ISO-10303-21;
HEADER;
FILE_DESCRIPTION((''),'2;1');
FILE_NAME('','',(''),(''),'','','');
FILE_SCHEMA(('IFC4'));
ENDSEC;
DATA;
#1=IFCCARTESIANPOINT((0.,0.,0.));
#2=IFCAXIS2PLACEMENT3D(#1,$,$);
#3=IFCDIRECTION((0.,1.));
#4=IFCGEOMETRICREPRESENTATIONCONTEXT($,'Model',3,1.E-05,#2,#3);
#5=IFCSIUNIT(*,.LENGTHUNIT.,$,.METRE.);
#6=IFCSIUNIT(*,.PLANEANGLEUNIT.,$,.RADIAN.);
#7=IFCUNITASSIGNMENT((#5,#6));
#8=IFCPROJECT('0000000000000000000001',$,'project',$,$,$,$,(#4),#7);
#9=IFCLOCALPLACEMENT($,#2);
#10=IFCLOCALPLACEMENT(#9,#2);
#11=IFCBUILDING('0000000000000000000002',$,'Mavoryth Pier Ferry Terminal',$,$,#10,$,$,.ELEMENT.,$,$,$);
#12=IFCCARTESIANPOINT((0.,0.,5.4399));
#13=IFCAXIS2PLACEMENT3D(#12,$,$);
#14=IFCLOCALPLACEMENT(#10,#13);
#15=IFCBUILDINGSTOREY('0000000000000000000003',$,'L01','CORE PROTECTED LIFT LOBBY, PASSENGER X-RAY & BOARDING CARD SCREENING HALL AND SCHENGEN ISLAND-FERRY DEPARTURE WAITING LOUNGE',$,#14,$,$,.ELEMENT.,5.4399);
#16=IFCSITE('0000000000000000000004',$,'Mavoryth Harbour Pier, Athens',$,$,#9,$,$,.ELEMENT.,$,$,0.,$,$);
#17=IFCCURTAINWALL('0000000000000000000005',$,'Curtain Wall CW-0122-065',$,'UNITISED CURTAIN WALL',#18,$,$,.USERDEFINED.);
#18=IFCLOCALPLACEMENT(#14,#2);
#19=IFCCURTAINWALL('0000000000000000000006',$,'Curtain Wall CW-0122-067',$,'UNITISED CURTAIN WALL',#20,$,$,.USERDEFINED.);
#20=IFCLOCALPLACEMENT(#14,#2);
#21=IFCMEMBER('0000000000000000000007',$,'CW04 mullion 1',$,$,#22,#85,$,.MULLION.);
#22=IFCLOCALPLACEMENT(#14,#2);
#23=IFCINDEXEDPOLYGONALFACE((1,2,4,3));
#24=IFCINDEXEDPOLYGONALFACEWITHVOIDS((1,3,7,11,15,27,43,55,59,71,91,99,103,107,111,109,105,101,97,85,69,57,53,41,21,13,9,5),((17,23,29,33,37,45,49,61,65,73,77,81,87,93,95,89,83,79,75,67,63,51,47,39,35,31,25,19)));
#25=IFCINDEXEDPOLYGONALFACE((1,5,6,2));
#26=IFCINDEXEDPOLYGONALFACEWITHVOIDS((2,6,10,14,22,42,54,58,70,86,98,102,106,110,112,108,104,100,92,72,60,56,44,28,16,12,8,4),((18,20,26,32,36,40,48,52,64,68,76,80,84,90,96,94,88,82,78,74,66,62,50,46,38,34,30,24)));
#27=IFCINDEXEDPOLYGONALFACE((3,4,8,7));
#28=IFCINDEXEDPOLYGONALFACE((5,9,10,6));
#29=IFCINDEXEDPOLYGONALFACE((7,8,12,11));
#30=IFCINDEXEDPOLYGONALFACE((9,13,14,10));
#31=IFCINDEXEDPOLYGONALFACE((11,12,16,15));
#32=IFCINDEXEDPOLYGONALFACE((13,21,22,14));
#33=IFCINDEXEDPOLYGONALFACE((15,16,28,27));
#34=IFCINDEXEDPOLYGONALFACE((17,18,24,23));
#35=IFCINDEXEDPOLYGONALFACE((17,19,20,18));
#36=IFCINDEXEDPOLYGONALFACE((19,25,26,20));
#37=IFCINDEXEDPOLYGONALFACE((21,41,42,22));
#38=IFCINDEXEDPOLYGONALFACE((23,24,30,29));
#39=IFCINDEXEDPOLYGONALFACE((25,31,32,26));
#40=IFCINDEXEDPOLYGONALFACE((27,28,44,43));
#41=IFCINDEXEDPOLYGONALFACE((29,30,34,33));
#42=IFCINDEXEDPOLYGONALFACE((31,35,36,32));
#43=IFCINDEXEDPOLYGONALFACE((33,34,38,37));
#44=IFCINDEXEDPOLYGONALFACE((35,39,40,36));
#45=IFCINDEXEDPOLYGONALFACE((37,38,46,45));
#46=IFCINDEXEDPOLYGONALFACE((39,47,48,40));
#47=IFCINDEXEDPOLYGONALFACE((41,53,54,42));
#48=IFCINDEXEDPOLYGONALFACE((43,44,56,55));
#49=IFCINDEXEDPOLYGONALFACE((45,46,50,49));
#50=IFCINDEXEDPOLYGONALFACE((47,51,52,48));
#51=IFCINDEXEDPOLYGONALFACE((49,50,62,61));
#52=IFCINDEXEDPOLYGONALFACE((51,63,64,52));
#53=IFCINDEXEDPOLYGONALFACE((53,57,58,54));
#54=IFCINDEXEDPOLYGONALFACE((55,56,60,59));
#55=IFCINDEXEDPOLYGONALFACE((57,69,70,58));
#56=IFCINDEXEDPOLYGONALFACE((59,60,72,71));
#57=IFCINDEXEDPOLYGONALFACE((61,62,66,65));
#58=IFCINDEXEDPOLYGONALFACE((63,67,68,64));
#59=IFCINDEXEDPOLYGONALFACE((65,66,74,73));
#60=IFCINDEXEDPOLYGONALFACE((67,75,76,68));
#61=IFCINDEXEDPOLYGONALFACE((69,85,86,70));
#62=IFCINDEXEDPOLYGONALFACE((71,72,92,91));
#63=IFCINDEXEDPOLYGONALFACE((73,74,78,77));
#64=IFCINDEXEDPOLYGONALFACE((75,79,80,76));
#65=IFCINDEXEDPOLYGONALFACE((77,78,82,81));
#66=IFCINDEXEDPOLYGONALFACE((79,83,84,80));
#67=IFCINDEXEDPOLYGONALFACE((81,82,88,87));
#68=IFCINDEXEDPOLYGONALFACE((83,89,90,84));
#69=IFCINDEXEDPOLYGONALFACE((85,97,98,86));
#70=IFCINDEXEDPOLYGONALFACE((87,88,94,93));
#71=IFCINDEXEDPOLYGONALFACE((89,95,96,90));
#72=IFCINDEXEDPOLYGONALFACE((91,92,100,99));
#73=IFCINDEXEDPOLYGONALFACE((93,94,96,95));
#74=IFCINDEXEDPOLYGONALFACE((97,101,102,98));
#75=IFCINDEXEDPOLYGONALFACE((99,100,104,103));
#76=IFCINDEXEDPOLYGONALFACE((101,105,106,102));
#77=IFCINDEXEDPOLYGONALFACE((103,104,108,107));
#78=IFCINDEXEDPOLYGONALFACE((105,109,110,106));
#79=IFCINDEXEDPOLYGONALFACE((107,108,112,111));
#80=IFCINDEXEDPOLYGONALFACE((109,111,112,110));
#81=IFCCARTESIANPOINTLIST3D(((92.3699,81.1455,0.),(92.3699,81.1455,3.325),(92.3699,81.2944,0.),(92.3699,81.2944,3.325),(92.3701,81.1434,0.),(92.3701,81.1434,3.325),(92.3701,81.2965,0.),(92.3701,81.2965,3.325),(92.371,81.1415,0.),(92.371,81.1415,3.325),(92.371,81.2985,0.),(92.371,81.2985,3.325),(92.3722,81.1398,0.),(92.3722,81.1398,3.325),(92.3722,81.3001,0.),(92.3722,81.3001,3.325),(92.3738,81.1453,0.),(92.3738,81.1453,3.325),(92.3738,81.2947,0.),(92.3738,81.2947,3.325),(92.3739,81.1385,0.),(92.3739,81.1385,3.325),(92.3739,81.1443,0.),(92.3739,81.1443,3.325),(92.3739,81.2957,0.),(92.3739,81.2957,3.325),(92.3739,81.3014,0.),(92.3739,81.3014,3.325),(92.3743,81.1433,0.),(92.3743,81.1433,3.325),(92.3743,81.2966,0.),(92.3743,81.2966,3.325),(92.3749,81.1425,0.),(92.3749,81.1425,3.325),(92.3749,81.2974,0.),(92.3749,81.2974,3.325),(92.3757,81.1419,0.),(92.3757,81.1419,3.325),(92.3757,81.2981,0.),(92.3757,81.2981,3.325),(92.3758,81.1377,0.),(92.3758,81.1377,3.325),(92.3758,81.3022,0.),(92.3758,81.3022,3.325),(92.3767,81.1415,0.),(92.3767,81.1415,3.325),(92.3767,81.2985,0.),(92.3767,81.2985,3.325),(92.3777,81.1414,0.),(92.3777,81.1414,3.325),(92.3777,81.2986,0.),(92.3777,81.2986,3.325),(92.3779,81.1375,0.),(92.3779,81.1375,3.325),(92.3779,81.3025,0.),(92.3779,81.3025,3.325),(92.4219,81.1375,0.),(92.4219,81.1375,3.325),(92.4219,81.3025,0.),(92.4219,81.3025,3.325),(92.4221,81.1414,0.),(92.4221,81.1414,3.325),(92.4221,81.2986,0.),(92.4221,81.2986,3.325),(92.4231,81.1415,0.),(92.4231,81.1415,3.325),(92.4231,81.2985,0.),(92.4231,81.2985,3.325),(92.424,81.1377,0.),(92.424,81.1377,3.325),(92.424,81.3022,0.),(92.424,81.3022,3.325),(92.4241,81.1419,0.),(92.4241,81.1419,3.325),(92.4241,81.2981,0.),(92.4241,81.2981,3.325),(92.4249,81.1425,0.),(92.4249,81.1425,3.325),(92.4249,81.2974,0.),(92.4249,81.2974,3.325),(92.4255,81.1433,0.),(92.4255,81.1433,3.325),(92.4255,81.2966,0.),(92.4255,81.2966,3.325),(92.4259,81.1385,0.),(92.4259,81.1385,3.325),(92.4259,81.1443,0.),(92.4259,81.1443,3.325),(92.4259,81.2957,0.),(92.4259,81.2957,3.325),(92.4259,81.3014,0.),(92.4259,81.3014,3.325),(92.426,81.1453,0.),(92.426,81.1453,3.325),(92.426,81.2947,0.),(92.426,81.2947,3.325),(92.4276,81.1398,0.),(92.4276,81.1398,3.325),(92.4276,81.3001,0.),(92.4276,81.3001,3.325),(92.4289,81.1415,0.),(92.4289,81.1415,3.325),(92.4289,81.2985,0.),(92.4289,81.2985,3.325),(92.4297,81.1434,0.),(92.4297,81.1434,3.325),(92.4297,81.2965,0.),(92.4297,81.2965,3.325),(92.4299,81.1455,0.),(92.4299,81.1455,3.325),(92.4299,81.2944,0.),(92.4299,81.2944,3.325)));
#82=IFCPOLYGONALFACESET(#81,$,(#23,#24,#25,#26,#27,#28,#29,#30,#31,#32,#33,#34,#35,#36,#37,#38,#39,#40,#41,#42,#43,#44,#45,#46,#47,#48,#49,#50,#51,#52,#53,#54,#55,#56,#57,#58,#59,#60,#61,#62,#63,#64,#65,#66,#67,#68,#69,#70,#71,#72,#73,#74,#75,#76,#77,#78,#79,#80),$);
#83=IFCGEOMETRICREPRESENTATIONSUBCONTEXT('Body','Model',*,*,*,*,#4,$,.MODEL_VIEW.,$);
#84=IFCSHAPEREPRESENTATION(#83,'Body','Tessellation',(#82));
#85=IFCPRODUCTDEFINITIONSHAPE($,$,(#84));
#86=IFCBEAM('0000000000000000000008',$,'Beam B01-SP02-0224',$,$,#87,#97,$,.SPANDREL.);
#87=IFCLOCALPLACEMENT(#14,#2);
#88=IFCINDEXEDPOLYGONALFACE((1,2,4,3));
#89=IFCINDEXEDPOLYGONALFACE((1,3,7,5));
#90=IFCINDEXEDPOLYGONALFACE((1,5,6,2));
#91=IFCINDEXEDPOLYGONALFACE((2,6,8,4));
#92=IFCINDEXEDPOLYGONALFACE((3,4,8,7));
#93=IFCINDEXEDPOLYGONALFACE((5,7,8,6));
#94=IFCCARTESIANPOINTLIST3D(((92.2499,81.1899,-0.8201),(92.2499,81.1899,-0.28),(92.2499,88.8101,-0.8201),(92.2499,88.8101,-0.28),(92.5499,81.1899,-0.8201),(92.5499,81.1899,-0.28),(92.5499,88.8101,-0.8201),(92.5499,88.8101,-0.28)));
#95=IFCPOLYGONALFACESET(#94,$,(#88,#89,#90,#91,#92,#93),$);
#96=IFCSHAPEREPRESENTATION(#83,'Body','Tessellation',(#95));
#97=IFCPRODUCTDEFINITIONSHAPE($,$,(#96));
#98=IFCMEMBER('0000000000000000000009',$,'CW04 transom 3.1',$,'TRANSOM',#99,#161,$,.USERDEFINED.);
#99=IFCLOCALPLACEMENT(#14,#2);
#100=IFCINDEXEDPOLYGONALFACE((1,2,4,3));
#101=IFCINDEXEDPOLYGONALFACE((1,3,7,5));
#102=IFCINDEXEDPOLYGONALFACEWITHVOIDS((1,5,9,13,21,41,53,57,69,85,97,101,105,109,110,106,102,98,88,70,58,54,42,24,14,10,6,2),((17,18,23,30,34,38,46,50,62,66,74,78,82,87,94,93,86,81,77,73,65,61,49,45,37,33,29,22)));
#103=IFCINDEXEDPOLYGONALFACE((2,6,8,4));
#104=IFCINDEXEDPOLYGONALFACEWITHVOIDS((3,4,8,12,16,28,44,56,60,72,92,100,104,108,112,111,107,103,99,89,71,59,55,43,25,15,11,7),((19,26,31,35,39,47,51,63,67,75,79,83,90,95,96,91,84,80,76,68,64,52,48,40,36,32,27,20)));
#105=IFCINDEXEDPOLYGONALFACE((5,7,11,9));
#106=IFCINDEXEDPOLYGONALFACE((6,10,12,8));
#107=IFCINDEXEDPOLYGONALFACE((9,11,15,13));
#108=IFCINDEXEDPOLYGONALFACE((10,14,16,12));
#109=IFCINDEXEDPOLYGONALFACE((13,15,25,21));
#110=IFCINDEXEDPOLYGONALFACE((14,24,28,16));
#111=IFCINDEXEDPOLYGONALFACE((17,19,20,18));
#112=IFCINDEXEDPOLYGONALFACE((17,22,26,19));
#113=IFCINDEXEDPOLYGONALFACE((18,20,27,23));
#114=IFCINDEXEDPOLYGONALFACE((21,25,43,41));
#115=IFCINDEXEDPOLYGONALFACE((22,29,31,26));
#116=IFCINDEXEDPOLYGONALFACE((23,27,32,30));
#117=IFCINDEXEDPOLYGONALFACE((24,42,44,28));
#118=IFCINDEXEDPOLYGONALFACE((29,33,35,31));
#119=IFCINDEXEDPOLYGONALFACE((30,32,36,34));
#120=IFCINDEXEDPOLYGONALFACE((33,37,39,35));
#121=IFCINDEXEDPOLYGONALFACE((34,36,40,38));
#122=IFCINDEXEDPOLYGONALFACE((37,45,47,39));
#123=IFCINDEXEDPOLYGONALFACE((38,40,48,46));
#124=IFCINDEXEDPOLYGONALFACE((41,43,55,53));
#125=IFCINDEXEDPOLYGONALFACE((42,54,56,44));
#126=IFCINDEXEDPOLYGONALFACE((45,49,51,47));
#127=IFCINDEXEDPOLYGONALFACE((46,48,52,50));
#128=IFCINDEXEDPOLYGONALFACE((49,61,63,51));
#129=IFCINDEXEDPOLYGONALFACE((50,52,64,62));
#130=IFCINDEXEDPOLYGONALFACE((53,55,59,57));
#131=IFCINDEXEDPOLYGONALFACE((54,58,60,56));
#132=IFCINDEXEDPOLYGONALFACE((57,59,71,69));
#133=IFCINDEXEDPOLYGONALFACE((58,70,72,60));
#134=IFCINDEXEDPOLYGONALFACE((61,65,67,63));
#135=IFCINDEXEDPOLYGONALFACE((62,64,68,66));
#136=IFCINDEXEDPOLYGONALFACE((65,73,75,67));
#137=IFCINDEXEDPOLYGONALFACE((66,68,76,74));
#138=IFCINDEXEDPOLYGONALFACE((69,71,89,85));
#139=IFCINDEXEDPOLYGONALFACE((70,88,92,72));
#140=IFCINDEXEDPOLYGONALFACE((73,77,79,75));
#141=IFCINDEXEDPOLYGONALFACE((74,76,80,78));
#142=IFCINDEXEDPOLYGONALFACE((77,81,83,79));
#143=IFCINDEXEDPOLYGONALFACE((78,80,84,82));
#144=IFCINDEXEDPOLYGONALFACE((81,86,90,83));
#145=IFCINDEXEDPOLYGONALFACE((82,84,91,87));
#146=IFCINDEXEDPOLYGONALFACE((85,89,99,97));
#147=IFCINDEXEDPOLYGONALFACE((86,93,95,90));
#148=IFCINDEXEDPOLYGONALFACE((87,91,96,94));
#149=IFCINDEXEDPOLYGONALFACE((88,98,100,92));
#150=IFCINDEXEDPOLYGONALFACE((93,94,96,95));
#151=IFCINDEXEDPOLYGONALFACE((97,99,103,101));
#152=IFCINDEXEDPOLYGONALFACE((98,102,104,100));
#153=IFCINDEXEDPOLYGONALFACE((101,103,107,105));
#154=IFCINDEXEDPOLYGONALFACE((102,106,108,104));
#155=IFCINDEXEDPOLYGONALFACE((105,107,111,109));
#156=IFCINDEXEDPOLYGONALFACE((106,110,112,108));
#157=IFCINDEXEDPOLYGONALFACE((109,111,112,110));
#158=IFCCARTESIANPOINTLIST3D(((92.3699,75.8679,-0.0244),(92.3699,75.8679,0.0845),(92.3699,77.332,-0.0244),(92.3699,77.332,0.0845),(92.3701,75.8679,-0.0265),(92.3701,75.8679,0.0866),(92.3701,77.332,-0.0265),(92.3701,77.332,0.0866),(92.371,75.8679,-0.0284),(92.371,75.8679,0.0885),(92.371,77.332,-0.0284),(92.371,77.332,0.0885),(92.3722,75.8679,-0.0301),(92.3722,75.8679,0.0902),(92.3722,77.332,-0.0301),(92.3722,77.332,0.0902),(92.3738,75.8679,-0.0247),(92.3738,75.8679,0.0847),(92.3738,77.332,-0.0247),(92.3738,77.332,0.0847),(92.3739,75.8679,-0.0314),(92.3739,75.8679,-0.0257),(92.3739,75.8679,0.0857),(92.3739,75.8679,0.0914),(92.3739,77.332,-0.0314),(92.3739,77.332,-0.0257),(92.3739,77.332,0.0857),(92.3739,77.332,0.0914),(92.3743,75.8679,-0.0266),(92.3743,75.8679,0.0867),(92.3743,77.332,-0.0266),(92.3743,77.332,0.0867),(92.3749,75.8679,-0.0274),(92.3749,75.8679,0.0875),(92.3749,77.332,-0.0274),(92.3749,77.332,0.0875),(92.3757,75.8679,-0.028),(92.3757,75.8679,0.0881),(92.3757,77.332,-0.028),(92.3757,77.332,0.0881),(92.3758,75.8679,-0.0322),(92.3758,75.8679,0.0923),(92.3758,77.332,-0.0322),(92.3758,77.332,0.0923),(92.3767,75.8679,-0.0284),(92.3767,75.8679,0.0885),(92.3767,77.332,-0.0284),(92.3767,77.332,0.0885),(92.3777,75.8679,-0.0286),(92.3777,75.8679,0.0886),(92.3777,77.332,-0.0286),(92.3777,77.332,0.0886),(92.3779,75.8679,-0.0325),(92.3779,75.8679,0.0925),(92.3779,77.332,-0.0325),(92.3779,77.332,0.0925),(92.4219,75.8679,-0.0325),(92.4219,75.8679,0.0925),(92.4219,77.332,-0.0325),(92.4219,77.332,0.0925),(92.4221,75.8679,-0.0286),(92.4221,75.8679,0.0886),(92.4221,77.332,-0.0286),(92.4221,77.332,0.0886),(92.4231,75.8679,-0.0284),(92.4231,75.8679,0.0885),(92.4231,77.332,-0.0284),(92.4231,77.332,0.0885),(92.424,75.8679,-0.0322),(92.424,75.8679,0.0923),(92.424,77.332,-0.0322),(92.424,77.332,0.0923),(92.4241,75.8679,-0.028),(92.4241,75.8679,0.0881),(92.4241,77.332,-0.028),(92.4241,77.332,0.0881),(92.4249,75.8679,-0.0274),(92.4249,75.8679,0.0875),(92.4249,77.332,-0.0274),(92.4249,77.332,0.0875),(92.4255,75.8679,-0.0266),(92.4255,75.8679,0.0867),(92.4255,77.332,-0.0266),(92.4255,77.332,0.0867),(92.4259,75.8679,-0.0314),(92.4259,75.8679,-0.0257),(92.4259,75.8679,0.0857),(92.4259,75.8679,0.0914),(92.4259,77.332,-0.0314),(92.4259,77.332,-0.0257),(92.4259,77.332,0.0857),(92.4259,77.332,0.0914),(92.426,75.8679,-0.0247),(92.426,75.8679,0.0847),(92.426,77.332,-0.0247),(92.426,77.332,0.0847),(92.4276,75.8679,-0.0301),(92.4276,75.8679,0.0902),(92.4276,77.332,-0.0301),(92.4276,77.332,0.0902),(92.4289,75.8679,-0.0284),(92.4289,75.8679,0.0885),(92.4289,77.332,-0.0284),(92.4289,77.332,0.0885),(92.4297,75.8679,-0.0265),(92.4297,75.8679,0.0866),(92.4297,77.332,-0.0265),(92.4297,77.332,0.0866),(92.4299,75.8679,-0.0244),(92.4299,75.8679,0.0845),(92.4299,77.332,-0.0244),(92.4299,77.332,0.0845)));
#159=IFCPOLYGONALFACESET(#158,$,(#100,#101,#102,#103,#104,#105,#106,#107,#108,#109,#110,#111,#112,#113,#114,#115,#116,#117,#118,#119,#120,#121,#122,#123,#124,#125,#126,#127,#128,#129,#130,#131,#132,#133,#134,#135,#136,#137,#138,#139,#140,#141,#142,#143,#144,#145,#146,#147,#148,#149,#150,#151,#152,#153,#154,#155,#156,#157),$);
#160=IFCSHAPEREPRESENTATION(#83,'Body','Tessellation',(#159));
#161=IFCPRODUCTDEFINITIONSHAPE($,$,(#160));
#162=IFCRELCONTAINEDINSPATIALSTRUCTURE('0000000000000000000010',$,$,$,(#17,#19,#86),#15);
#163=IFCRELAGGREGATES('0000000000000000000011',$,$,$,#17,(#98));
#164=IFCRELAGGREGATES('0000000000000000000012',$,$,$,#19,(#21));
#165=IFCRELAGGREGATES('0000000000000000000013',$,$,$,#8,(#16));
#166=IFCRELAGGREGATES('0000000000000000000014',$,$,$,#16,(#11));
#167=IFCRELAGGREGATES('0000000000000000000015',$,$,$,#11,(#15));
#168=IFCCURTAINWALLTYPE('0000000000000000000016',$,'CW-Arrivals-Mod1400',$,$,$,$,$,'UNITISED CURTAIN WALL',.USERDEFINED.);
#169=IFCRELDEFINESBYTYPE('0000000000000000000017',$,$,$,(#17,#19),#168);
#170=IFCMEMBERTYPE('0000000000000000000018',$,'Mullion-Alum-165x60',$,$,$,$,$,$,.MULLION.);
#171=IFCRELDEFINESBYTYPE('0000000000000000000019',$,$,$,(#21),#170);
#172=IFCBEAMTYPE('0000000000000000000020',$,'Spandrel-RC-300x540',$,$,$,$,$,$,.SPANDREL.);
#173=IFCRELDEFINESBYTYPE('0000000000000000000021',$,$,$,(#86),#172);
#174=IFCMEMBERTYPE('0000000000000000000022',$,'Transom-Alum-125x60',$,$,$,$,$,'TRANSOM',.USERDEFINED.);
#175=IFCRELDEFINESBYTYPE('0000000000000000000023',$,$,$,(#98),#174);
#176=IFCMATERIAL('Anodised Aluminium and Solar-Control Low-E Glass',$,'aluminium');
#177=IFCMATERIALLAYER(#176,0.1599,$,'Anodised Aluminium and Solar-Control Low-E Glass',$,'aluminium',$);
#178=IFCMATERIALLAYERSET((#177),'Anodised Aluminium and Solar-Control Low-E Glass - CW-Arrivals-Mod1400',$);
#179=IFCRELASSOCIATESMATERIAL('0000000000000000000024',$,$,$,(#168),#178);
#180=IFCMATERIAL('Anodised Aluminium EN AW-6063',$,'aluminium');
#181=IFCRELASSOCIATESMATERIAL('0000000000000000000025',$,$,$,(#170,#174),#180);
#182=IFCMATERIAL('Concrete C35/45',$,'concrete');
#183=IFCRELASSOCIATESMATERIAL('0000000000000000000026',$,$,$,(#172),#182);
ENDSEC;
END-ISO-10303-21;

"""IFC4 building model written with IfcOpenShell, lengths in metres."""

from ifc_helpers import new_model, si_unit, direction, frame, origin, origin_2d, place, context, subcontext, project, spatial, rectangle, hollow_rectangle, extrude, material, layer, layer_set, material_profile, profile_set, type_object, element, aggregate, save


model = new_model("IFC4")

# Units and contexts
model_context = context("Model", 3, precision=1e-05, world=origin(), true_north=direction((0.0, 1.0)))
body_context = subcontext(model_context, "Body", "Model", "MODEL_VIEW")
ifc_project = project(units=[si_unit("LENGTHUNIT", "METRE"), si_unit("PLANEANGLEUNIT", "RADIAN")], contexts=[model_context])

# Site, building, storey
site_placement = place(None, origin())
site = spatial("IfcSite", under=ifc_project, at=site_placement, Name="Mavoryth Harbour Pier, Athens", CompositionType="ELEMENT", RefElevation=0.0)
building_placement = place(site_placement, origin())
building = spatial("IfcBuilding", under=site, at=building_placement, Name="Mavoryth Pier Ferry Terminal", CompositionType="ELEMENT")
storey_placement = place(building_placement, frame((0.0, 0.0, 5.4399)))
storey = spatial("IfcBuildingStorey", under=building, at=storey_placement, Name="L01", Description="CORE PROTECTED LIFT LOBBY, PASSENGER X-RAY & BOARDING CARD SCREENING HALL AND SCHENGEN ISLAND-FERRY DEPARTURE WAITING LOUNGE", CompositionType="ELEMENT", Elevation=5.4399)

# Shared definitions
ifc_material_1 = material(Name="Concrete C35/45", Category="concrete")

# Curtain wall
ifc_material_2 = material(Name="Anodised Aluminium and Solar-Control Low-E Glass", Category="aluminium")
ifc_layer_1 = layer(ifc_material_2, 0.1599, Name="Anodised Aluminium and Solar-Control Low-E Glass", Category="aluminium")
ifc_layer_set_1 = layer_set([ifc_layer_1], Name="Anodised Aluminium and Solar-Control Low-E Glass - CW-Arrivals-Mod1400")
curtain_wall_type = type_object("IfcCurtainWallType", Name="CW-Arrivals-Mod1400", ElementType="UNITISED CURTAIN WALL", PredefinedType="USERDEFINED", material=ifc_layer_set_1)
curtain_wall_1_placement = place(storey_placement, origin())
curtain_wall_1 = element("IfcCurtainWall", 1, at=curtain_wall_1_placement, inside=storey, type_object=curtain_wall_type, Name="Curtain Wall CW-0122-065", ObjectType="UNITISED CURTAIN WALL", PredefinedType="USERDEFINED")
ifc_material_3 = material(Name="Anodised Aluminium EN AW-6063", Category="aluminium")
ifc_material_profile_1 = material_profile(ifc_material_3, hollow_rectangle(XDim=0.0601, YDim=0.165, WallThickness=0.0039, InnerFilletRadius=0.0039, OuterFilletRadius=0.0081, at=origin_2d()), Name="AL-MULL 165x60x4", Category="aluminium")
ifc_profile_set_1 = profile_set([ifc_material_profile_1], Name="Anodised Aluminium EN AW-6063 - AL-MULL 165x60x4")
member_type_1 = type_object("IfcMemberType", Name="Mullion-Alum-165x60", PredefinedType="MULLION", material=ifc_profile_set_1)

# Curtain wall, member
curtain_wall_2_placement = place(storey_placement, origin())
curtain_wall_2 = element("IfcCurtainWall", 2, at=curtain_wall_2_placement, inside=storey, type_object=curtain_wall_type, Name="Curtain Wall CW-0122-067", ObjectType="UNITISED CURTAIN WALL", PredefinedType="USERDEFINED")
member_1_placement = place(storey_placement, frame((92.3999, 81.22, 0.0), z_axis=(0.0, 0.0, 1.0), x_axis=(-1.0, 0.0, 0.0)))
member_1 = element("IfcMember", 3, at=member_1_placement, type_object=member_type_1, Name="CW04 mullion 1", PredefinedType="MULLION", context=body_context, shape_type="SweptSolid", body=[
    extrude(hollow_rectangle(XDim=0.0601, YDim=0.165, WallThickness=0.0039, InnerFilletRadius=0.0039, OuterFilletRadius=0.0081, at=origin_2d()), origin(), (0.0, 0.0, 1.0), 3.325),
])

# Beam
ifc_material_profile_2 = material_profile(ifc_material_1, rectangle(XDim=0.3, YDim=0.54, at=origin_2d()), Name="RC 300x540", Category="concrete")
ifc_profile_set_2 = profile_set([ifc_material_profile_2], Name="Concrete C35/45 - RC 300x540")
beam_type_1 = type_object("IfcBeamType", Name="Spandrel-RC-300x540", PredefinedType="SPANDREL", material=ifc_profile_set_2)
beam_1_placement = place(storey_placement, frame((92.3999, 81.1899, -0.55), z_axis=(0.0, 1.0, 0.0), x_axis=(-1.0, 0.0, 0.0)))
element("IfcBeam", 4, at=beam_1_placement, inside=storey, type_object=beam_type_1, Name="Beam B01-SP02-0224", PredefinedType="SPANDREL", context=body_context, shape_type="SweptSolid", body=[
    extrude(rectangle(XDim=0.3, YDim=0.54, at=origin_2d()), origin(), (0.0, 0.0, 1.0), 7.6201),
])

# Member
ifc_material_profile_3 = material_profile(ifc_material_3, hollow_rectangle(XDim=0.0601, YDim=0.125, WallThickness=0.0039, InnerFilletRadius=0.0039, OuterFilletRadius=0.0081, at=origin_2d()), Name="AL-TRAN 125x60x4", Category="aluminium")
ifc_profile_set_3 = profile_set([ifc_material_profile_3], Name="Anodised Aluminium EN AW-6063 - AL-TRAN 125x60x4")
member_type_2 = type_object("IfcMemberType", Name="Transom-Alum-125x60", ElementType="TRANSOM", PredefinedType="USERDEFINED", material=ifc_profile_set_3)
member_2_placement = place(storey_placement, frame((92.3999, 75.8679, 0.03), z_axis=(0.0, 1.0, 0.0), x_axis=(-1.0, 0.0, 0.0)))
member_2 = element("IfcMember", 5, at=member_2_placement, type_object=member_type_2, Name="CW04 transom 3.1", ObjectType="TRANSOM", PredefinedType="USERDEFINED", context=body_context, shape_type="SweptSolid", body=[
    extrude(hollow_rectangle(XDim=0.0601, YDim=0.125, WallThickness=0.0039, InnerFilletRadius=0.0039, OuterFilletRadius=0.0081, at=origin_2d()), origin(), (0.0, 0.0, 1.0), 1.4641),
])

aggregate(curtain_wall_1, [member_2])
aggregate(curtain_wall_2, [member_1])

save(model, "model.ifc")
